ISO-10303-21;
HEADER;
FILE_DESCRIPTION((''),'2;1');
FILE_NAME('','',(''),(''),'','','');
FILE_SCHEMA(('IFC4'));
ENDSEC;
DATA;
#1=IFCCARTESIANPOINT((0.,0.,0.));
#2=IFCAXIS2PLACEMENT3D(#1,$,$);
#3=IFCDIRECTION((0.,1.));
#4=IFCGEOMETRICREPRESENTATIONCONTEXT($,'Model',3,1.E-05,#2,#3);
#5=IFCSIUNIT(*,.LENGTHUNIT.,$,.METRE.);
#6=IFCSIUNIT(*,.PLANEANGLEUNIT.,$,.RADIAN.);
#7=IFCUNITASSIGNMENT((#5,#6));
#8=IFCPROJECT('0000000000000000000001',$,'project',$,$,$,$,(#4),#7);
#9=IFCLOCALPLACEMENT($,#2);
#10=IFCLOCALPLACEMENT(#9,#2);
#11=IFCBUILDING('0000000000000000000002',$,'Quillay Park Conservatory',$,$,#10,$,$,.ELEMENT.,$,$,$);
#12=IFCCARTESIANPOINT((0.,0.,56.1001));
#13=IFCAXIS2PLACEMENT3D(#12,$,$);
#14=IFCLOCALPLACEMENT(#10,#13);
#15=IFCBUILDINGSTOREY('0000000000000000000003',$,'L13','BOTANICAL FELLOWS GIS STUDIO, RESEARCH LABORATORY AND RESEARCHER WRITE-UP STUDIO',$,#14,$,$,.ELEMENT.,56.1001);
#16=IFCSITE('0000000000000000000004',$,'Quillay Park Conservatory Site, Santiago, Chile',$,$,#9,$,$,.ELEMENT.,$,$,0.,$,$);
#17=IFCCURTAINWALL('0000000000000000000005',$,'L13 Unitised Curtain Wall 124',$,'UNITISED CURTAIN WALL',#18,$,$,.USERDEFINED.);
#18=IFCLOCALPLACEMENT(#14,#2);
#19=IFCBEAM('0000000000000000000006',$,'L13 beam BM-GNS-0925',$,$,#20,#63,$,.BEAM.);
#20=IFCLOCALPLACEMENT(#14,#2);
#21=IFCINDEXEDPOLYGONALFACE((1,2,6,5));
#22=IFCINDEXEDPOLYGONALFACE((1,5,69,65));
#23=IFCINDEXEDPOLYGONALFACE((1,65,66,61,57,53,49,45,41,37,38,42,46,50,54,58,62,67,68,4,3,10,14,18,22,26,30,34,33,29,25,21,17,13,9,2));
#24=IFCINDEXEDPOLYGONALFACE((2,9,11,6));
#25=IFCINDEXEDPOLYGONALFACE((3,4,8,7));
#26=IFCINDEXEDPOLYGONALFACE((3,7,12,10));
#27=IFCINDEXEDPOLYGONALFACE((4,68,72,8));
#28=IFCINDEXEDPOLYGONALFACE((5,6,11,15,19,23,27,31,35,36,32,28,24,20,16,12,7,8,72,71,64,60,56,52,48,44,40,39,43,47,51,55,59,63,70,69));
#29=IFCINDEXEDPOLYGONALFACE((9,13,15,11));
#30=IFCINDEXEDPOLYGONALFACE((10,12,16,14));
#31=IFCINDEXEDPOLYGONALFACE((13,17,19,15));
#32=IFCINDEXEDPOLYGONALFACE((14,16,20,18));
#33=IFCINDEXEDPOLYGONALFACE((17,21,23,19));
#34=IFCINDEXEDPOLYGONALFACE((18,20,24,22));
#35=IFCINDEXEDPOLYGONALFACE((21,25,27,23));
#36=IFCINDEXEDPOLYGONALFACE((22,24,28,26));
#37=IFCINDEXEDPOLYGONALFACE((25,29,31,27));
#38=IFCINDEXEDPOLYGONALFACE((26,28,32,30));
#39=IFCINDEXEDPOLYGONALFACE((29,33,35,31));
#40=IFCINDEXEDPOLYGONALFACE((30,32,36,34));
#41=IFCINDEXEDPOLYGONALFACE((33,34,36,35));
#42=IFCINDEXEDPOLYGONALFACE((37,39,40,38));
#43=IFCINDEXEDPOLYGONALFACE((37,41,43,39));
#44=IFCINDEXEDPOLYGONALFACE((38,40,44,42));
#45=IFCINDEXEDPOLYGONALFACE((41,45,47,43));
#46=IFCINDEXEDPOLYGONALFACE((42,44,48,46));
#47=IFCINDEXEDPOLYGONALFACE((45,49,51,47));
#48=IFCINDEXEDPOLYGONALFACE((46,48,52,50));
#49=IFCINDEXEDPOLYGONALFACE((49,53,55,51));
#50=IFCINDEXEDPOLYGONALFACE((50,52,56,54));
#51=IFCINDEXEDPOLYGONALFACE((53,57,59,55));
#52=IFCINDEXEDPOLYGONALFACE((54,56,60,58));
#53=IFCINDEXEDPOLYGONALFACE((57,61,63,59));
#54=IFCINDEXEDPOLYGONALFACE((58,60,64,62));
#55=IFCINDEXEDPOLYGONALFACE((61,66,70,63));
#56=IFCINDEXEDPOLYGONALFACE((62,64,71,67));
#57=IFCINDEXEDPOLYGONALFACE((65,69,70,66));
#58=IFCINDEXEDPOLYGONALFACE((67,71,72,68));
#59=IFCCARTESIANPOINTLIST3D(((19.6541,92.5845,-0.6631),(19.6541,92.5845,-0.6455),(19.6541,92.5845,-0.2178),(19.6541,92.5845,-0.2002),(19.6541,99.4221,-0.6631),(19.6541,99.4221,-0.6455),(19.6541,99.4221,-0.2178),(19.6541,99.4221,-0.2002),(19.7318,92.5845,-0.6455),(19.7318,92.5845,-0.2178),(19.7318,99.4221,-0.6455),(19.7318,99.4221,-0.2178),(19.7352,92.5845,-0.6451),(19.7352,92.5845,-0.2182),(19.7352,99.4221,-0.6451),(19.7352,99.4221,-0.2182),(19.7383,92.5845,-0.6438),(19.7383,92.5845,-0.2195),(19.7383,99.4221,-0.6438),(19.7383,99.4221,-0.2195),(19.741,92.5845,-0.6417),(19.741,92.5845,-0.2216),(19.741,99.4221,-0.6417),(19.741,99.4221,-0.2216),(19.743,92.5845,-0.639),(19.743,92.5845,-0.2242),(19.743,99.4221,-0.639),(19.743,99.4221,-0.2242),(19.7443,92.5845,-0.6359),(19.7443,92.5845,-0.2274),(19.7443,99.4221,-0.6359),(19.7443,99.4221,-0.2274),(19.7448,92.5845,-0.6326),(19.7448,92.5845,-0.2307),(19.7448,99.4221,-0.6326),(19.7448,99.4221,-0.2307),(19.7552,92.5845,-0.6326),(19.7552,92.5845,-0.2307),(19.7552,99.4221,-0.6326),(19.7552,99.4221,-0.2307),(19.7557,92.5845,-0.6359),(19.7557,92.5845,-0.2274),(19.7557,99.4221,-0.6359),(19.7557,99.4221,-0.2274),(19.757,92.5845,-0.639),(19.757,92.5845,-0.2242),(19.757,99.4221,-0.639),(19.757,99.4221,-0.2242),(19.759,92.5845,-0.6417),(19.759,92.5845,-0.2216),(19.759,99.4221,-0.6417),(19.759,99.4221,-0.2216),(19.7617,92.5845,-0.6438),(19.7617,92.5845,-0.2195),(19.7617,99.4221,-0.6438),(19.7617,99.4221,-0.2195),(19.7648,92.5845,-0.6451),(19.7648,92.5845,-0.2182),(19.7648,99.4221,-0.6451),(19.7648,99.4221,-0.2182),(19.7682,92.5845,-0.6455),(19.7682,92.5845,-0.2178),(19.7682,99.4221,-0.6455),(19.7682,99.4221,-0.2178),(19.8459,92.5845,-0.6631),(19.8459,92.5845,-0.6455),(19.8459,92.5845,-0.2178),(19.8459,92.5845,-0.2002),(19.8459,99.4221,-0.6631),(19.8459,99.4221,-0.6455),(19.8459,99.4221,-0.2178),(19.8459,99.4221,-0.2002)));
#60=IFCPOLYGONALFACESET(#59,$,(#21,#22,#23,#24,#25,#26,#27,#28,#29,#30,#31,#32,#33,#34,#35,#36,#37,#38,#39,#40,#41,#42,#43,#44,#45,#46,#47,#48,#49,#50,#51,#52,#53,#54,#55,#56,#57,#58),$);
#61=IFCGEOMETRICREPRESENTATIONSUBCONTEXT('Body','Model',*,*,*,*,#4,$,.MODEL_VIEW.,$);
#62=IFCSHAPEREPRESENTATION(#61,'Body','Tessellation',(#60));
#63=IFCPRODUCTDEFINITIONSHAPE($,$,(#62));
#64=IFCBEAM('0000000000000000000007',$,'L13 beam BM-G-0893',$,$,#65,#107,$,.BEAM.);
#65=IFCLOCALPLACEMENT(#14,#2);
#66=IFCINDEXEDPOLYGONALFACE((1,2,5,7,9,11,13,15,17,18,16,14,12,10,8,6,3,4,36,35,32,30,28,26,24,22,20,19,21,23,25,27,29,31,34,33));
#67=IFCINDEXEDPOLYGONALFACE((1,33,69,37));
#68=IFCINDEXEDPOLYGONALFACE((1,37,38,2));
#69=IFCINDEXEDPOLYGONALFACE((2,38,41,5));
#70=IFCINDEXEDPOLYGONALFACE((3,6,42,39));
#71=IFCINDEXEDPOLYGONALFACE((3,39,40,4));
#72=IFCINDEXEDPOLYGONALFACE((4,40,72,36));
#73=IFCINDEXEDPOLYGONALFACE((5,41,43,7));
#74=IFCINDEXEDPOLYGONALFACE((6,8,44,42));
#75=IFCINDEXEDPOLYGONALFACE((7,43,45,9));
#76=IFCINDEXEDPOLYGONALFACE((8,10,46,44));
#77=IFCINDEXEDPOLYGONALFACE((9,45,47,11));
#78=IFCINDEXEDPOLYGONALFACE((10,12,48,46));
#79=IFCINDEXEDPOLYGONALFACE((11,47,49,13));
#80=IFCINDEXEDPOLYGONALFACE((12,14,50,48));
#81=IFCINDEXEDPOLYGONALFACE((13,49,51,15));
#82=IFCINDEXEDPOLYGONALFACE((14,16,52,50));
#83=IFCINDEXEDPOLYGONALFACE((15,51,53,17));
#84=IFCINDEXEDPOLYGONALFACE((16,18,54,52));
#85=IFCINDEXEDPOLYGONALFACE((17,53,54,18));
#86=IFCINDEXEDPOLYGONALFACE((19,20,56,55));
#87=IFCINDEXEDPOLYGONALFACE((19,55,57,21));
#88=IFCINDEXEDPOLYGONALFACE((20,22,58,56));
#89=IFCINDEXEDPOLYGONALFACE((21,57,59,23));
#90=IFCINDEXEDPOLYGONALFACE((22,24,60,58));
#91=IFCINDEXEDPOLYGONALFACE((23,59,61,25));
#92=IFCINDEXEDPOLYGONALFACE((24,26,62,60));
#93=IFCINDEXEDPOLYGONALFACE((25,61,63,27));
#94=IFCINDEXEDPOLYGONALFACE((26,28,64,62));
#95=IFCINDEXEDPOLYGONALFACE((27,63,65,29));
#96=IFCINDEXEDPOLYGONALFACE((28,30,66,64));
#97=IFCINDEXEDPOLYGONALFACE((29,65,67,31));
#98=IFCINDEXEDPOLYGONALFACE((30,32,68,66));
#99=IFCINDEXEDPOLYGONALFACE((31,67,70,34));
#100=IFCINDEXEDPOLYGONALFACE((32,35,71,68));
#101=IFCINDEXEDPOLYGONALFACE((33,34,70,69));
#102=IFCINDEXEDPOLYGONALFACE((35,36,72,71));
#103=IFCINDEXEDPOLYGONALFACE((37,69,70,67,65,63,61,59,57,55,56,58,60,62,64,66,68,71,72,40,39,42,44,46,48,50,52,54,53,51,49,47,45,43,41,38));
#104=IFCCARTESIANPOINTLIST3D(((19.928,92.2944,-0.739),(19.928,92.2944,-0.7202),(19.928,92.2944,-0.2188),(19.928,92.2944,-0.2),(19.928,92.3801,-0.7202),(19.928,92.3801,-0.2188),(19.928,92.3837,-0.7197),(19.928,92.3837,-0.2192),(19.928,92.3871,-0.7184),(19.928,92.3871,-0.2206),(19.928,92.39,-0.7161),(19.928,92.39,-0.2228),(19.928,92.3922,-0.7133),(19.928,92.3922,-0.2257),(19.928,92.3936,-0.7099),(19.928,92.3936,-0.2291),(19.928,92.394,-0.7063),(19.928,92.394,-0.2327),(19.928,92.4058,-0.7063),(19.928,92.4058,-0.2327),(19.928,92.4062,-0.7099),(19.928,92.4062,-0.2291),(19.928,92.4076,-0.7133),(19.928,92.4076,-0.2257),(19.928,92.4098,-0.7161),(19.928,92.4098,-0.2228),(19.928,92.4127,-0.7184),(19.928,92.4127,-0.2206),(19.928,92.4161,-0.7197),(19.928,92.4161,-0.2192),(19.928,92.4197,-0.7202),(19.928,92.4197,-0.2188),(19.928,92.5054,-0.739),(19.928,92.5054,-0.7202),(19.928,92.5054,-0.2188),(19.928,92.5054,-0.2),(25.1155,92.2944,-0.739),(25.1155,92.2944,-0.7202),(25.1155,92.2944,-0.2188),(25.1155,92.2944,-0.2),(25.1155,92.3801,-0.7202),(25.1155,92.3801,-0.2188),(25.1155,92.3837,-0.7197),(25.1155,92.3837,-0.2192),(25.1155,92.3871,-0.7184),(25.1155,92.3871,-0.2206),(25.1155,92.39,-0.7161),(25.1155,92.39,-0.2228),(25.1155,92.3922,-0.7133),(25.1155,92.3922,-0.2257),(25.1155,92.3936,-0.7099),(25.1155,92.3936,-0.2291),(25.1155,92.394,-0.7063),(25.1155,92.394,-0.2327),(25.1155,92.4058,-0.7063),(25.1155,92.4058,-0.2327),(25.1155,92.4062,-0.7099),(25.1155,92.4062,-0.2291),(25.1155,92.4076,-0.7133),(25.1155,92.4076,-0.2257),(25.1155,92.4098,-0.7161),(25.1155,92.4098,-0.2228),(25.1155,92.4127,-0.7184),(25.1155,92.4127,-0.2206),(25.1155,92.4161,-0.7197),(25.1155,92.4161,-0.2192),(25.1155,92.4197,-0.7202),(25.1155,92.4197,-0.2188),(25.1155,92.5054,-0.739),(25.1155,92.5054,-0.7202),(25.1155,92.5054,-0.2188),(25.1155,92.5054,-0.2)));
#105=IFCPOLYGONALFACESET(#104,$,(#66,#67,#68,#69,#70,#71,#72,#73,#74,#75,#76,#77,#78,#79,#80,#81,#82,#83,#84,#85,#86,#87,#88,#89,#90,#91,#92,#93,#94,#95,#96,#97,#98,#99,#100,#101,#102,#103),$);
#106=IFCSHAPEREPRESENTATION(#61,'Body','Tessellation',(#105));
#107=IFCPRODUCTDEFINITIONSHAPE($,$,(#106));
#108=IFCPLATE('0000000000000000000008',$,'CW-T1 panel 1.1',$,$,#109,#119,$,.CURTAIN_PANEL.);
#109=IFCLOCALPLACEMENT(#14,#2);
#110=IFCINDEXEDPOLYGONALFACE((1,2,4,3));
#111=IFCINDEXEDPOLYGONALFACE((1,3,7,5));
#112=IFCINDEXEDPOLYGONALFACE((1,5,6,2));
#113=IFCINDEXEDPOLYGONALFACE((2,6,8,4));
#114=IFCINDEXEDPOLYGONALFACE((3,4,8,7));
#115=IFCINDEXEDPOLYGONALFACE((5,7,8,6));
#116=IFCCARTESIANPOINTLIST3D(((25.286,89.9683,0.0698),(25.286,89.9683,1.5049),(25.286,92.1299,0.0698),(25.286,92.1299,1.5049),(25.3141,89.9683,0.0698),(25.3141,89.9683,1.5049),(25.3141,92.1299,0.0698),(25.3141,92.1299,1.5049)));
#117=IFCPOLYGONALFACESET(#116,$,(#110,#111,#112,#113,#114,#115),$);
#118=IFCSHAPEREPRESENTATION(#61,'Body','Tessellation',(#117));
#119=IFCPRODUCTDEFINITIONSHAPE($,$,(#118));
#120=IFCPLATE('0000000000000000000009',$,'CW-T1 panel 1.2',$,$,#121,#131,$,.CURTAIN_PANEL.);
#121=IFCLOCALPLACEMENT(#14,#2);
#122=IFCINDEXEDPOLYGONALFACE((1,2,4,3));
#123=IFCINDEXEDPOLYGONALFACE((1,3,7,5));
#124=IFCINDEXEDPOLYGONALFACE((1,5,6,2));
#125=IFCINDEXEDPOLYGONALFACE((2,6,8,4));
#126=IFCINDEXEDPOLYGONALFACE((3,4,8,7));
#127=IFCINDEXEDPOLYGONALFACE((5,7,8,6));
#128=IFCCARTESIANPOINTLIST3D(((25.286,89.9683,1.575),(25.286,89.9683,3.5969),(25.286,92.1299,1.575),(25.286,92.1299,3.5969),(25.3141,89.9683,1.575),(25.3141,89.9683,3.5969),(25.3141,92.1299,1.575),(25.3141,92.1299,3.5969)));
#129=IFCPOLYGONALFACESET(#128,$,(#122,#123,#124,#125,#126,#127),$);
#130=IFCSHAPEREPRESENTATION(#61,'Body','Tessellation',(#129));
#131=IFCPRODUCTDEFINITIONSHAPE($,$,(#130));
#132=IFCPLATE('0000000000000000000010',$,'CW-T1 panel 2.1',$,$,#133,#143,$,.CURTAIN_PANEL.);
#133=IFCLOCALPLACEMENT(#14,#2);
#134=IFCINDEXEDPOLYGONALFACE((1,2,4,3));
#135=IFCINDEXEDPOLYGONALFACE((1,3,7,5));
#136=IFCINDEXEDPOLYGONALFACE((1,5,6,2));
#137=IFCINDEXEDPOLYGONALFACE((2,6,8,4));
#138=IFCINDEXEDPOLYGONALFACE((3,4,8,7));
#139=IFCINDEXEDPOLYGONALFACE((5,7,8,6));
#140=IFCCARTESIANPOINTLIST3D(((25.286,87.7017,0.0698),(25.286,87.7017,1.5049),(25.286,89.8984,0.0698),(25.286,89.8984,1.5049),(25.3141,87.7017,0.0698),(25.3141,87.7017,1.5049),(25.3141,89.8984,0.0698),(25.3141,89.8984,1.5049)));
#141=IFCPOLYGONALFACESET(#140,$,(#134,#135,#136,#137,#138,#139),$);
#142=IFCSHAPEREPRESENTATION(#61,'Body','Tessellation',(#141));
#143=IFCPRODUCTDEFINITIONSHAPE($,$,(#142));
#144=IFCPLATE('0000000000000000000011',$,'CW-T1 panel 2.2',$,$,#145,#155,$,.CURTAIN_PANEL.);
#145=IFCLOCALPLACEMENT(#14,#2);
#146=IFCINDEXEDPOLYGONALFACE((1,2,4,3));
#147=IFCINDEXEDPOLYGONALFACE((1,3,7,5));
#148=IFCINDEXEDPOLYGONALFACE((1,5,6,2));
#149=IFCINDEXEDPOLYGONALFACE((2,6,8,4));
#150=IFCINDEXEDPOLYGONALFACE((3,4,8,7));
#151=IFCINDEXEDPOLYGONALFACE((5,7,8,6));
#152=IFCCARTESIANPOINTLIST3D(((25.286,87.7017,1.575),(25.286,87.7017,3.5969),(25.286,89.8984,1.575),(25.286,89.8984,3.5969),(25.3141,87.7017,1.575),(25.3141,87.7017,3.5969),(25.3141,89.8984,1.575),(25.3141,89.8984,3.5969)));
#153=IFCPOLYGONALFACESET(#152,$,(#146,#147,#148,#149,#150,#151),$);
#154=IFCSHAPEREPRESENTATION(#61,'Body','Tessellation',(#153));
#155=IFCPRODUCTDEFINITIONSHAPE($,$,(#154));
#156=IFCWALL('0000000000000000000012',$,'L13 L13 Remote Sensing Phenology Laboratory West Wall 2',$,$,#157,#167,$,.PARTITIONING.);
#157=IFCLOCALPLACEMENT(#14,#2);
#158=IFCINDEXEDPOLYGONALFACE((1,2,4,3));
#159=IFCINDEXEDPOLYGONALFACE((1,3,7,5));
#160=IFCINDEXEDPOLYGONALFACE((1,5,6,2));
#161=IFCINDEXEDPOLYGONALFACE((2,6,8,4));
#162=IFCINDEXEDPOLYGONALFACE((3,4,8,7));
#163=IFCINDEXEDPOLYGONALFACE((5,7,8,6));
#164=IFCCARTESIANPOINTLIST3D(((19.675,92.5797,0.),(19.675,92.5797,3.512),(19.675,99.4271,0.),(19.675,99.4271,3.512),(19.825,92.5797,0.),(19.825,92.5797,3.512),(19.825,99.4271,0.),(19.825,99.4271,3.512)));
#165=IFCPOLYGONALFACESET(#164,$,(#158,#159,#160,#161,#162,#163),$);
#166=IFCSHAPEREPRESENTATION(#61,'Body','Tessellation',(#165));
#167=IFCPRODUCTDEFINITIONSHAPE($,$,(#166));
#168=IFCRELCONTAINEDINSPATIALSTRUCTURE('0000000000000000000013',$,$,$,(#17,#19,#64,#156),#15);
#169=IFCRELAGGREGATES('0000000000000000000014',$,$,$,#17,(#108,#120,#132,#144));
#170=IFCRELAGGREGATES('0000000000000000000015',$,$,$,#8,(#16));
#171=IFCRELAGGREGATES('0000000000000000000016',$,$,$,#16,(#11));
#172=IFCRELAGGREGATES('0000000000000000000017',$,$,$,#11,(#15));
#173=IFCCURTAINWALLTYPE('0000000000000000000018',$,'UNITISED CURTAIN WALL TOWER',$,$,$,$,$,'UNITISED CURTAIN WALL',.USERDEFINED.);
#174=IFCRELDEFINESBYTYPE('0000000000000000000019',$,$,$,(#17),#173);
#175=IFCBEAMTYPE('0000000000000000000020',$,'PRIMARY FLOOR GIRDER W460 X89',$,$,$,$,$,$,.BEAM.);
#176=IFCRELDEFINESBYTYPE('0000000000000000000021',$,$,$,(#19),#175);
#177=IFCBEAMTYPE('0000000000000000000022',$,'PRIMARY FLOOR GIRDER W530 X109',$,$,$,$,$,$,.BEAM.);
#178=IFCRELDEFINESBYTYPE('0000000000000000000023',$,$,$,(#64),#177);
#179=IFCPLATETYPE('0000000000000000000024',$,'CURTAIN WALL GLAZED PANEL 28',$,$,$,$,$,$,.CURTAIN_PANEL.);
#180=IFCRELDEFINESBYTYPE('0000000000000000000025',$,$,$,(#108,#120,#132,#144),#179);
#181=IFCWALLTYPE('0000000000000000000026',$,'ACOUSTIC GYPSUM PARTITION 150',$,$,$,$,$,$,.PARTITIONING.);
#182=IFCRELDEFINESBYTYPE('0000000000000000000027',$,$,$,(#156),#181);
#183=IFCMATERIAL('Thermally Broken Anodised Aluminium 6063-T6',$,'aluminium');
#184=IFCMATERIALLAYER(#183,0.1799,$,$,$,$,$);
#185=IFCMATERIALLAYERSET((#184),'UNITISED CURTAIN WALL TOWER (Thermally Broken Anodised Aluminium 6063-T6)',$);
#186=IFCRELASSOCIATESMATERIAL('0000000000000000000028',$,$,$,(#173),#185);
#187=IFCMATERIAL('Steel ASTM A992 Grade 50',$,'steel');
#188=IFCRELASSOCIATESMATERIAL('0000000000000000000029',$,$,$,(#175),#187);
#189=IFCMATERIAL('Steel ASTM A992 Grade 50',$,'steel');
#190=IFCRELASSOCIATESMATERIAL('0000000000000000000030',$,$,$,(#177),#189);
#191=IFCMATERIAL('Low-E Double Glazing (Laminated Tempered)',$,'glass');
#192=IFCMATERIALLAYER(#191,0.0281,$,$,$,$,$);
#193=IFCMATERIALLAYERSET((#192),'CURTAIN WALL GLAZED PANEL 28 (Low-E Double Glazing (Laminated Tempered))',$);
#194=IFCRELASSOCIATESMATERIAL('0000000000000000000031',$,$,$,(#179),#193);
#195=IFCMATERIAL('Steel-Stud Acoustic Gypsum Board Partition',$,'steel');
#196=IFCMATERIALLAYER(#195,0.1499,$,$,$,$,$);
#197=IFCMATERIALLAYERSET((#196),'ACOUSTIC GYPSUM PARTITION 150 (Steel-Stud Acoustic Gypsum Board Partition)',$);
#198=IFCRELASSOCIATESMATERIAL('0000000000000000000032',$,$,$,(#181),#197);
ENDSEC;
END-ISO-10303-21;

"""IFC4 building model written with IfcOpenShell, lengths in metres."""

from ifc_helpers import new_model, si_unit, direction, frame, frame_2d, origin, origin_2d, place, context, subcontext, project, spatial, rectangle, i_section, extrude, material, layer, layer_set, material_profile, profile_set, type_object, element, aggregate, save


model = new_model("IFC4")

# Units and contexts
model_context = context("Model", 3, precision=1e-05, world=origin(), true_north=direction((0.0, 1.0)))
body_context = subcontext(model_context, "Body", "Model", "MODEL_VIEW")
ifc_project = project(units=[si_unit("LENGTHUNIT", "METRE"), si_unit("PLANEANGLEUNIT", "RADIAN")], contexts=[model_context])

# Site, building, storey
site_placement = place(None, origin())
site = spatial("IfcSite", under=ifc_project, at=site_placement, Name="Quillay Park Conservatory Site, Santiago, Chile", CompositionType="ELEMENT", RefElevation=0.0)
building_placement = place(site_placement, origin())
building = spatial("IfcBuilding", under=site, at=building_placement, Name="Quillay Park Conservatory", CompositionType="ELEMENT")
storey_placement = place(building_placement, frame((0.0, 0.0, 56.1001)))
storey = spatial("IfcBuildingStorey", under=building, at=storey_placement, Name="L13", Description="BOTANICAL FELLOWS GIS STUDIO, RESEARCH LABORATORY AND RESEARCHER WRITE-UP STUDIO", CompositionType="ELEMENT", Elevation=56.1001)

# Curtain wall
ifc_material_1 = material(Name="Thermally Broken Anodised Aluminium 6063-T6", Category="aluminium")
ifc_layer_1 = layer(ifc_material_1, 0.1799)
ifc_layer_set_1 = layer_set([ifc_layer_1], Name="UNITISED CURTAIN WALL TOWER (Thermally Broken Anodised Aluminium 6063-T6)")
curtain_wall_type = type_object("IfcCurtainWallType", Name="UNITISED CURTAIN WALL TOWER", ElementType="UNITISED CURTAIN WALL", PredefinedType="USERDEFINED", material=ifc_layer_set_1)
curtain_wall_1_placement = place(storey_placement, origin())
curtain_wall_1 = element("IfcCurtainWall", 1, at=curtain_wall_1_placement, inside=storey, type_object=curtain_wall_type, Name="L13 Unitised Curtain Wall 124", ObjectType="UNITISED CURTAIN WALL", PredefinedType="USERDEFINED")

# Beams
ifc_material_2 = material(Name="Steel ASTM A992 Grade 50", Category="steel")
ifc_material_profile_1 = material_profile(ifc_material_2, i_section(OverallWidth=0.1919, OverallDepth=0.4629, WebThickness=0.0105, FlangeThickness=0.0176, FilletRadius=0.0129, at=origin_2d()), Name="W460x89")
ifc_profile_set_1 = profile_set([ifc_material_profile_1], Name="Steel ASTM A992 Grade 50")
beam_type_1 = type_object("IfcBeamType", Name="PRIMARY FLOOR GIRDER W460 X89", PredefinedType="BEAM", material=ifc_profile_set_1)
beam_1_placement = place(storey_placement, frame((19.75, 92.5845, -0.4316), z_axis=(0.0, 1.0, 0.0), x_axis=(-1.0, 0.0, 0.0)))
element("IfcBeam", 2, at=beam_1_placement, inside=storey, type_object=beam_type_1, Name="L13 beam BM-GNS-0925", PredefinedType="BEAM", context=body_context, shape_type="SweptSolid", body=[
    extrude(i_section(OverallWidth=0.1919, OverallDepth=0.4629, WebThickness=0.0105, FlangeThickness=0.0176, FilletRadius=0.0129, at=origin_2d()), origin(), (0.0, 0.0, 1.0), 6.8376),
])
ifc_material_3 = material(Name="Steel ASTM A992 Grade 50", Category="steel")
ifc_material_profile_2 = material_profile(ifc_material_3, i_section(OverallWidth=0.2109, OverallDepth=0.5391, WebThickness=0.0117, FlangeThickness=0.0188, FilletRadius=0.0139, at=origin_2d()), Name="W530x109")
ifc_profile_set_2 = profile_set([ifc_material_profile_2], Name="Steel ASTM A992 Grade 50")
beam_type_2 = type_object("IfcBeamType", Name="PRIMARY FLOOR GIRDER W530 X109", PredefinedType="BEAM", material=ifc_profile_set_2)
beam_2_placement = place(storey_placement, frame((19.928, 92.3999, -0.4695), z_axis=(1.0, 0.0, 0.0), x_axis=(0.0, 1.0, 0.0)))
element("IfcBeam", 3, at=beam_2_placement, inside=storey, type_object=beam_type_2, Name="L13 beam BM-G-0893", PredefinedType="BEAM", context=body_context, shape_type="SweptSolid", body=[
    extrude(i_section(OverallWidth=0.2109, OverallDepth=0.5391, WebThickness=0.0117, FlangeThickness=0.0188, FilletRadius=0.0139, at=origin_2d()), origin(), (0.0, 0.0, 1.0), 5.1875),
])

# Plates
ifc_material_4 = material(Name="Low-E Double Glazing (Laminated Tempered)", Category="glass")
ifc_layer_2 = layer(ifc_material_4, 0.0281)
ifc_layer_set_2 = layer_set([ifc_layer_2], Name="CURTAIN WALL GLAZED PANEL 28 (Low-E Double Glazing (Laminated Tempered))")
plate_type = type_object("IfcPlateType", Name="CURTAIN WALL GLAZED PANEL 28", PredefinedType="CURTAIN_PANEL", material=ifc_layer_set_2)
plate_1_placement = place(storey_placement, frame((25.3, 91.0491, 0.0698), z_axis=(0.0, 0.0, 1.0), x_axis=(0.0, -1.0, 0.0)))
plate_1 = element("IfcPlate", 4, at=plate_1_placement, type_object=plate_type, Name="CW-T1 panel 1.1", PredefinedType="CURTAIN_PANEL", context=body_context, shape_type="SweptSolid", body=[
    extrude(rectangle(XDim=2.1616, YDim=0.0281, at=origin_2d()), origin(), (0.0, 0.0, 1.0), 1.4351),
])
plate_2_placement = place(storey_placement, frame((25.3, 91.0491, 1.575), z_axis=(0.0, 0.0, 1.0), x_axis=(0.0, -1.0, 0.0)))
plate_2 = element("IfcPlate", 5, at=plate_2_placement, type_object=plate_type, Name="CW-T1 panel 1.2", PredefinedType="CURTAIN_PANEL", context=body_context, shape_type="SweptSolid", body=[
    extrude(rectangle(XDim=2.1616, YDim=0.0281, at=origin_2d()), origin(), (0.0, 0.0, 1.0), 2.022),
])
plate_3_placement = place(storey_placement, frame((25.3, 88.8, 0.0698), z_axis=(0.0, 0.0, 1.0), x_axis=(0.0, -1.0, 0.0)))
plate_3 = element("IfcPlate", 6, at=plate_3_placement, type_object=plate_type, Name="CW-T1 panel 2.1", PredefinedType="CURTAIN_PANEL", context=body_context, shape_type="SweptSolid", body=[
    extrude(rectangle(XDim=2.1968, YDim=0.0281, at=origin_2d()), origin(), (0.0, 0.0, 1.0), 1.4351),
])
plate_4_placement = place(storey_placement, frame((25.3, 88.8, 1.575), z_axis=(0.0, 0.0, 1.0), x_axis=(0.0, -1.0, 0.0)))
plate_4 = element("IfcPlate", 7, at=plate_4_placement, type_object=plate_type, Name="CW-T1 panel 2.2", PredefinedType="CURTAIN_PANEL", context=body_context, shape_type="SweptSolid", body=[
    extrude(rectangle(XDim=2.1968, YDim=0.0281, at=origin_2d()), origin(), (0.0, 0.0, 1.0), 2.022),
])
aggregate(curtain_wall_1, [plate_1, plate_2, plate_3, plate_4])

# Wall
ifc_material_5 = material(Name="Steel-Stud Acoustic Gypsum Board Partition", Category="steel")
ifc_layer_3 = layer(ifc_material_5, 0.1499)
ifc_layer_set_3 = layer_set([ifc_layer_3], Name="ACOUSTIC GYPSUM PARTITION 150 (Steel-Stud Acoustic Gypsum Board Partition)")
wall_type = type_object("IfcWallType", Name="ACOUSTIC GYPSUM PARTITION 150", PredefinedType="PARTITIONING", material=ifc_layer_set_3)
wall_placement = place(storey_placement, frame((19.75, 92.5796, 0.0), z_axis=(0.0, 0.0, 1.0), x_axis=(0.0, 1.0, 0.0)))
element("IfcWall", 8, at=wall_placement, inside=storey, type_object=wall_type, Name="L13 L13 Remote Sensing Phenology Laboratory West Wall 2", PredefinedType="PARTITIONING", context=body_context, shape_type="SweptSolid", body=[
    extrude(rectangle(XDim=6.8474, YDim=0.1499, at=frame_2d((3.4238, 0.0))), origin(), (0.0, 0.0, 1.0), 3.512),
])

save(model, "model.ifc")
